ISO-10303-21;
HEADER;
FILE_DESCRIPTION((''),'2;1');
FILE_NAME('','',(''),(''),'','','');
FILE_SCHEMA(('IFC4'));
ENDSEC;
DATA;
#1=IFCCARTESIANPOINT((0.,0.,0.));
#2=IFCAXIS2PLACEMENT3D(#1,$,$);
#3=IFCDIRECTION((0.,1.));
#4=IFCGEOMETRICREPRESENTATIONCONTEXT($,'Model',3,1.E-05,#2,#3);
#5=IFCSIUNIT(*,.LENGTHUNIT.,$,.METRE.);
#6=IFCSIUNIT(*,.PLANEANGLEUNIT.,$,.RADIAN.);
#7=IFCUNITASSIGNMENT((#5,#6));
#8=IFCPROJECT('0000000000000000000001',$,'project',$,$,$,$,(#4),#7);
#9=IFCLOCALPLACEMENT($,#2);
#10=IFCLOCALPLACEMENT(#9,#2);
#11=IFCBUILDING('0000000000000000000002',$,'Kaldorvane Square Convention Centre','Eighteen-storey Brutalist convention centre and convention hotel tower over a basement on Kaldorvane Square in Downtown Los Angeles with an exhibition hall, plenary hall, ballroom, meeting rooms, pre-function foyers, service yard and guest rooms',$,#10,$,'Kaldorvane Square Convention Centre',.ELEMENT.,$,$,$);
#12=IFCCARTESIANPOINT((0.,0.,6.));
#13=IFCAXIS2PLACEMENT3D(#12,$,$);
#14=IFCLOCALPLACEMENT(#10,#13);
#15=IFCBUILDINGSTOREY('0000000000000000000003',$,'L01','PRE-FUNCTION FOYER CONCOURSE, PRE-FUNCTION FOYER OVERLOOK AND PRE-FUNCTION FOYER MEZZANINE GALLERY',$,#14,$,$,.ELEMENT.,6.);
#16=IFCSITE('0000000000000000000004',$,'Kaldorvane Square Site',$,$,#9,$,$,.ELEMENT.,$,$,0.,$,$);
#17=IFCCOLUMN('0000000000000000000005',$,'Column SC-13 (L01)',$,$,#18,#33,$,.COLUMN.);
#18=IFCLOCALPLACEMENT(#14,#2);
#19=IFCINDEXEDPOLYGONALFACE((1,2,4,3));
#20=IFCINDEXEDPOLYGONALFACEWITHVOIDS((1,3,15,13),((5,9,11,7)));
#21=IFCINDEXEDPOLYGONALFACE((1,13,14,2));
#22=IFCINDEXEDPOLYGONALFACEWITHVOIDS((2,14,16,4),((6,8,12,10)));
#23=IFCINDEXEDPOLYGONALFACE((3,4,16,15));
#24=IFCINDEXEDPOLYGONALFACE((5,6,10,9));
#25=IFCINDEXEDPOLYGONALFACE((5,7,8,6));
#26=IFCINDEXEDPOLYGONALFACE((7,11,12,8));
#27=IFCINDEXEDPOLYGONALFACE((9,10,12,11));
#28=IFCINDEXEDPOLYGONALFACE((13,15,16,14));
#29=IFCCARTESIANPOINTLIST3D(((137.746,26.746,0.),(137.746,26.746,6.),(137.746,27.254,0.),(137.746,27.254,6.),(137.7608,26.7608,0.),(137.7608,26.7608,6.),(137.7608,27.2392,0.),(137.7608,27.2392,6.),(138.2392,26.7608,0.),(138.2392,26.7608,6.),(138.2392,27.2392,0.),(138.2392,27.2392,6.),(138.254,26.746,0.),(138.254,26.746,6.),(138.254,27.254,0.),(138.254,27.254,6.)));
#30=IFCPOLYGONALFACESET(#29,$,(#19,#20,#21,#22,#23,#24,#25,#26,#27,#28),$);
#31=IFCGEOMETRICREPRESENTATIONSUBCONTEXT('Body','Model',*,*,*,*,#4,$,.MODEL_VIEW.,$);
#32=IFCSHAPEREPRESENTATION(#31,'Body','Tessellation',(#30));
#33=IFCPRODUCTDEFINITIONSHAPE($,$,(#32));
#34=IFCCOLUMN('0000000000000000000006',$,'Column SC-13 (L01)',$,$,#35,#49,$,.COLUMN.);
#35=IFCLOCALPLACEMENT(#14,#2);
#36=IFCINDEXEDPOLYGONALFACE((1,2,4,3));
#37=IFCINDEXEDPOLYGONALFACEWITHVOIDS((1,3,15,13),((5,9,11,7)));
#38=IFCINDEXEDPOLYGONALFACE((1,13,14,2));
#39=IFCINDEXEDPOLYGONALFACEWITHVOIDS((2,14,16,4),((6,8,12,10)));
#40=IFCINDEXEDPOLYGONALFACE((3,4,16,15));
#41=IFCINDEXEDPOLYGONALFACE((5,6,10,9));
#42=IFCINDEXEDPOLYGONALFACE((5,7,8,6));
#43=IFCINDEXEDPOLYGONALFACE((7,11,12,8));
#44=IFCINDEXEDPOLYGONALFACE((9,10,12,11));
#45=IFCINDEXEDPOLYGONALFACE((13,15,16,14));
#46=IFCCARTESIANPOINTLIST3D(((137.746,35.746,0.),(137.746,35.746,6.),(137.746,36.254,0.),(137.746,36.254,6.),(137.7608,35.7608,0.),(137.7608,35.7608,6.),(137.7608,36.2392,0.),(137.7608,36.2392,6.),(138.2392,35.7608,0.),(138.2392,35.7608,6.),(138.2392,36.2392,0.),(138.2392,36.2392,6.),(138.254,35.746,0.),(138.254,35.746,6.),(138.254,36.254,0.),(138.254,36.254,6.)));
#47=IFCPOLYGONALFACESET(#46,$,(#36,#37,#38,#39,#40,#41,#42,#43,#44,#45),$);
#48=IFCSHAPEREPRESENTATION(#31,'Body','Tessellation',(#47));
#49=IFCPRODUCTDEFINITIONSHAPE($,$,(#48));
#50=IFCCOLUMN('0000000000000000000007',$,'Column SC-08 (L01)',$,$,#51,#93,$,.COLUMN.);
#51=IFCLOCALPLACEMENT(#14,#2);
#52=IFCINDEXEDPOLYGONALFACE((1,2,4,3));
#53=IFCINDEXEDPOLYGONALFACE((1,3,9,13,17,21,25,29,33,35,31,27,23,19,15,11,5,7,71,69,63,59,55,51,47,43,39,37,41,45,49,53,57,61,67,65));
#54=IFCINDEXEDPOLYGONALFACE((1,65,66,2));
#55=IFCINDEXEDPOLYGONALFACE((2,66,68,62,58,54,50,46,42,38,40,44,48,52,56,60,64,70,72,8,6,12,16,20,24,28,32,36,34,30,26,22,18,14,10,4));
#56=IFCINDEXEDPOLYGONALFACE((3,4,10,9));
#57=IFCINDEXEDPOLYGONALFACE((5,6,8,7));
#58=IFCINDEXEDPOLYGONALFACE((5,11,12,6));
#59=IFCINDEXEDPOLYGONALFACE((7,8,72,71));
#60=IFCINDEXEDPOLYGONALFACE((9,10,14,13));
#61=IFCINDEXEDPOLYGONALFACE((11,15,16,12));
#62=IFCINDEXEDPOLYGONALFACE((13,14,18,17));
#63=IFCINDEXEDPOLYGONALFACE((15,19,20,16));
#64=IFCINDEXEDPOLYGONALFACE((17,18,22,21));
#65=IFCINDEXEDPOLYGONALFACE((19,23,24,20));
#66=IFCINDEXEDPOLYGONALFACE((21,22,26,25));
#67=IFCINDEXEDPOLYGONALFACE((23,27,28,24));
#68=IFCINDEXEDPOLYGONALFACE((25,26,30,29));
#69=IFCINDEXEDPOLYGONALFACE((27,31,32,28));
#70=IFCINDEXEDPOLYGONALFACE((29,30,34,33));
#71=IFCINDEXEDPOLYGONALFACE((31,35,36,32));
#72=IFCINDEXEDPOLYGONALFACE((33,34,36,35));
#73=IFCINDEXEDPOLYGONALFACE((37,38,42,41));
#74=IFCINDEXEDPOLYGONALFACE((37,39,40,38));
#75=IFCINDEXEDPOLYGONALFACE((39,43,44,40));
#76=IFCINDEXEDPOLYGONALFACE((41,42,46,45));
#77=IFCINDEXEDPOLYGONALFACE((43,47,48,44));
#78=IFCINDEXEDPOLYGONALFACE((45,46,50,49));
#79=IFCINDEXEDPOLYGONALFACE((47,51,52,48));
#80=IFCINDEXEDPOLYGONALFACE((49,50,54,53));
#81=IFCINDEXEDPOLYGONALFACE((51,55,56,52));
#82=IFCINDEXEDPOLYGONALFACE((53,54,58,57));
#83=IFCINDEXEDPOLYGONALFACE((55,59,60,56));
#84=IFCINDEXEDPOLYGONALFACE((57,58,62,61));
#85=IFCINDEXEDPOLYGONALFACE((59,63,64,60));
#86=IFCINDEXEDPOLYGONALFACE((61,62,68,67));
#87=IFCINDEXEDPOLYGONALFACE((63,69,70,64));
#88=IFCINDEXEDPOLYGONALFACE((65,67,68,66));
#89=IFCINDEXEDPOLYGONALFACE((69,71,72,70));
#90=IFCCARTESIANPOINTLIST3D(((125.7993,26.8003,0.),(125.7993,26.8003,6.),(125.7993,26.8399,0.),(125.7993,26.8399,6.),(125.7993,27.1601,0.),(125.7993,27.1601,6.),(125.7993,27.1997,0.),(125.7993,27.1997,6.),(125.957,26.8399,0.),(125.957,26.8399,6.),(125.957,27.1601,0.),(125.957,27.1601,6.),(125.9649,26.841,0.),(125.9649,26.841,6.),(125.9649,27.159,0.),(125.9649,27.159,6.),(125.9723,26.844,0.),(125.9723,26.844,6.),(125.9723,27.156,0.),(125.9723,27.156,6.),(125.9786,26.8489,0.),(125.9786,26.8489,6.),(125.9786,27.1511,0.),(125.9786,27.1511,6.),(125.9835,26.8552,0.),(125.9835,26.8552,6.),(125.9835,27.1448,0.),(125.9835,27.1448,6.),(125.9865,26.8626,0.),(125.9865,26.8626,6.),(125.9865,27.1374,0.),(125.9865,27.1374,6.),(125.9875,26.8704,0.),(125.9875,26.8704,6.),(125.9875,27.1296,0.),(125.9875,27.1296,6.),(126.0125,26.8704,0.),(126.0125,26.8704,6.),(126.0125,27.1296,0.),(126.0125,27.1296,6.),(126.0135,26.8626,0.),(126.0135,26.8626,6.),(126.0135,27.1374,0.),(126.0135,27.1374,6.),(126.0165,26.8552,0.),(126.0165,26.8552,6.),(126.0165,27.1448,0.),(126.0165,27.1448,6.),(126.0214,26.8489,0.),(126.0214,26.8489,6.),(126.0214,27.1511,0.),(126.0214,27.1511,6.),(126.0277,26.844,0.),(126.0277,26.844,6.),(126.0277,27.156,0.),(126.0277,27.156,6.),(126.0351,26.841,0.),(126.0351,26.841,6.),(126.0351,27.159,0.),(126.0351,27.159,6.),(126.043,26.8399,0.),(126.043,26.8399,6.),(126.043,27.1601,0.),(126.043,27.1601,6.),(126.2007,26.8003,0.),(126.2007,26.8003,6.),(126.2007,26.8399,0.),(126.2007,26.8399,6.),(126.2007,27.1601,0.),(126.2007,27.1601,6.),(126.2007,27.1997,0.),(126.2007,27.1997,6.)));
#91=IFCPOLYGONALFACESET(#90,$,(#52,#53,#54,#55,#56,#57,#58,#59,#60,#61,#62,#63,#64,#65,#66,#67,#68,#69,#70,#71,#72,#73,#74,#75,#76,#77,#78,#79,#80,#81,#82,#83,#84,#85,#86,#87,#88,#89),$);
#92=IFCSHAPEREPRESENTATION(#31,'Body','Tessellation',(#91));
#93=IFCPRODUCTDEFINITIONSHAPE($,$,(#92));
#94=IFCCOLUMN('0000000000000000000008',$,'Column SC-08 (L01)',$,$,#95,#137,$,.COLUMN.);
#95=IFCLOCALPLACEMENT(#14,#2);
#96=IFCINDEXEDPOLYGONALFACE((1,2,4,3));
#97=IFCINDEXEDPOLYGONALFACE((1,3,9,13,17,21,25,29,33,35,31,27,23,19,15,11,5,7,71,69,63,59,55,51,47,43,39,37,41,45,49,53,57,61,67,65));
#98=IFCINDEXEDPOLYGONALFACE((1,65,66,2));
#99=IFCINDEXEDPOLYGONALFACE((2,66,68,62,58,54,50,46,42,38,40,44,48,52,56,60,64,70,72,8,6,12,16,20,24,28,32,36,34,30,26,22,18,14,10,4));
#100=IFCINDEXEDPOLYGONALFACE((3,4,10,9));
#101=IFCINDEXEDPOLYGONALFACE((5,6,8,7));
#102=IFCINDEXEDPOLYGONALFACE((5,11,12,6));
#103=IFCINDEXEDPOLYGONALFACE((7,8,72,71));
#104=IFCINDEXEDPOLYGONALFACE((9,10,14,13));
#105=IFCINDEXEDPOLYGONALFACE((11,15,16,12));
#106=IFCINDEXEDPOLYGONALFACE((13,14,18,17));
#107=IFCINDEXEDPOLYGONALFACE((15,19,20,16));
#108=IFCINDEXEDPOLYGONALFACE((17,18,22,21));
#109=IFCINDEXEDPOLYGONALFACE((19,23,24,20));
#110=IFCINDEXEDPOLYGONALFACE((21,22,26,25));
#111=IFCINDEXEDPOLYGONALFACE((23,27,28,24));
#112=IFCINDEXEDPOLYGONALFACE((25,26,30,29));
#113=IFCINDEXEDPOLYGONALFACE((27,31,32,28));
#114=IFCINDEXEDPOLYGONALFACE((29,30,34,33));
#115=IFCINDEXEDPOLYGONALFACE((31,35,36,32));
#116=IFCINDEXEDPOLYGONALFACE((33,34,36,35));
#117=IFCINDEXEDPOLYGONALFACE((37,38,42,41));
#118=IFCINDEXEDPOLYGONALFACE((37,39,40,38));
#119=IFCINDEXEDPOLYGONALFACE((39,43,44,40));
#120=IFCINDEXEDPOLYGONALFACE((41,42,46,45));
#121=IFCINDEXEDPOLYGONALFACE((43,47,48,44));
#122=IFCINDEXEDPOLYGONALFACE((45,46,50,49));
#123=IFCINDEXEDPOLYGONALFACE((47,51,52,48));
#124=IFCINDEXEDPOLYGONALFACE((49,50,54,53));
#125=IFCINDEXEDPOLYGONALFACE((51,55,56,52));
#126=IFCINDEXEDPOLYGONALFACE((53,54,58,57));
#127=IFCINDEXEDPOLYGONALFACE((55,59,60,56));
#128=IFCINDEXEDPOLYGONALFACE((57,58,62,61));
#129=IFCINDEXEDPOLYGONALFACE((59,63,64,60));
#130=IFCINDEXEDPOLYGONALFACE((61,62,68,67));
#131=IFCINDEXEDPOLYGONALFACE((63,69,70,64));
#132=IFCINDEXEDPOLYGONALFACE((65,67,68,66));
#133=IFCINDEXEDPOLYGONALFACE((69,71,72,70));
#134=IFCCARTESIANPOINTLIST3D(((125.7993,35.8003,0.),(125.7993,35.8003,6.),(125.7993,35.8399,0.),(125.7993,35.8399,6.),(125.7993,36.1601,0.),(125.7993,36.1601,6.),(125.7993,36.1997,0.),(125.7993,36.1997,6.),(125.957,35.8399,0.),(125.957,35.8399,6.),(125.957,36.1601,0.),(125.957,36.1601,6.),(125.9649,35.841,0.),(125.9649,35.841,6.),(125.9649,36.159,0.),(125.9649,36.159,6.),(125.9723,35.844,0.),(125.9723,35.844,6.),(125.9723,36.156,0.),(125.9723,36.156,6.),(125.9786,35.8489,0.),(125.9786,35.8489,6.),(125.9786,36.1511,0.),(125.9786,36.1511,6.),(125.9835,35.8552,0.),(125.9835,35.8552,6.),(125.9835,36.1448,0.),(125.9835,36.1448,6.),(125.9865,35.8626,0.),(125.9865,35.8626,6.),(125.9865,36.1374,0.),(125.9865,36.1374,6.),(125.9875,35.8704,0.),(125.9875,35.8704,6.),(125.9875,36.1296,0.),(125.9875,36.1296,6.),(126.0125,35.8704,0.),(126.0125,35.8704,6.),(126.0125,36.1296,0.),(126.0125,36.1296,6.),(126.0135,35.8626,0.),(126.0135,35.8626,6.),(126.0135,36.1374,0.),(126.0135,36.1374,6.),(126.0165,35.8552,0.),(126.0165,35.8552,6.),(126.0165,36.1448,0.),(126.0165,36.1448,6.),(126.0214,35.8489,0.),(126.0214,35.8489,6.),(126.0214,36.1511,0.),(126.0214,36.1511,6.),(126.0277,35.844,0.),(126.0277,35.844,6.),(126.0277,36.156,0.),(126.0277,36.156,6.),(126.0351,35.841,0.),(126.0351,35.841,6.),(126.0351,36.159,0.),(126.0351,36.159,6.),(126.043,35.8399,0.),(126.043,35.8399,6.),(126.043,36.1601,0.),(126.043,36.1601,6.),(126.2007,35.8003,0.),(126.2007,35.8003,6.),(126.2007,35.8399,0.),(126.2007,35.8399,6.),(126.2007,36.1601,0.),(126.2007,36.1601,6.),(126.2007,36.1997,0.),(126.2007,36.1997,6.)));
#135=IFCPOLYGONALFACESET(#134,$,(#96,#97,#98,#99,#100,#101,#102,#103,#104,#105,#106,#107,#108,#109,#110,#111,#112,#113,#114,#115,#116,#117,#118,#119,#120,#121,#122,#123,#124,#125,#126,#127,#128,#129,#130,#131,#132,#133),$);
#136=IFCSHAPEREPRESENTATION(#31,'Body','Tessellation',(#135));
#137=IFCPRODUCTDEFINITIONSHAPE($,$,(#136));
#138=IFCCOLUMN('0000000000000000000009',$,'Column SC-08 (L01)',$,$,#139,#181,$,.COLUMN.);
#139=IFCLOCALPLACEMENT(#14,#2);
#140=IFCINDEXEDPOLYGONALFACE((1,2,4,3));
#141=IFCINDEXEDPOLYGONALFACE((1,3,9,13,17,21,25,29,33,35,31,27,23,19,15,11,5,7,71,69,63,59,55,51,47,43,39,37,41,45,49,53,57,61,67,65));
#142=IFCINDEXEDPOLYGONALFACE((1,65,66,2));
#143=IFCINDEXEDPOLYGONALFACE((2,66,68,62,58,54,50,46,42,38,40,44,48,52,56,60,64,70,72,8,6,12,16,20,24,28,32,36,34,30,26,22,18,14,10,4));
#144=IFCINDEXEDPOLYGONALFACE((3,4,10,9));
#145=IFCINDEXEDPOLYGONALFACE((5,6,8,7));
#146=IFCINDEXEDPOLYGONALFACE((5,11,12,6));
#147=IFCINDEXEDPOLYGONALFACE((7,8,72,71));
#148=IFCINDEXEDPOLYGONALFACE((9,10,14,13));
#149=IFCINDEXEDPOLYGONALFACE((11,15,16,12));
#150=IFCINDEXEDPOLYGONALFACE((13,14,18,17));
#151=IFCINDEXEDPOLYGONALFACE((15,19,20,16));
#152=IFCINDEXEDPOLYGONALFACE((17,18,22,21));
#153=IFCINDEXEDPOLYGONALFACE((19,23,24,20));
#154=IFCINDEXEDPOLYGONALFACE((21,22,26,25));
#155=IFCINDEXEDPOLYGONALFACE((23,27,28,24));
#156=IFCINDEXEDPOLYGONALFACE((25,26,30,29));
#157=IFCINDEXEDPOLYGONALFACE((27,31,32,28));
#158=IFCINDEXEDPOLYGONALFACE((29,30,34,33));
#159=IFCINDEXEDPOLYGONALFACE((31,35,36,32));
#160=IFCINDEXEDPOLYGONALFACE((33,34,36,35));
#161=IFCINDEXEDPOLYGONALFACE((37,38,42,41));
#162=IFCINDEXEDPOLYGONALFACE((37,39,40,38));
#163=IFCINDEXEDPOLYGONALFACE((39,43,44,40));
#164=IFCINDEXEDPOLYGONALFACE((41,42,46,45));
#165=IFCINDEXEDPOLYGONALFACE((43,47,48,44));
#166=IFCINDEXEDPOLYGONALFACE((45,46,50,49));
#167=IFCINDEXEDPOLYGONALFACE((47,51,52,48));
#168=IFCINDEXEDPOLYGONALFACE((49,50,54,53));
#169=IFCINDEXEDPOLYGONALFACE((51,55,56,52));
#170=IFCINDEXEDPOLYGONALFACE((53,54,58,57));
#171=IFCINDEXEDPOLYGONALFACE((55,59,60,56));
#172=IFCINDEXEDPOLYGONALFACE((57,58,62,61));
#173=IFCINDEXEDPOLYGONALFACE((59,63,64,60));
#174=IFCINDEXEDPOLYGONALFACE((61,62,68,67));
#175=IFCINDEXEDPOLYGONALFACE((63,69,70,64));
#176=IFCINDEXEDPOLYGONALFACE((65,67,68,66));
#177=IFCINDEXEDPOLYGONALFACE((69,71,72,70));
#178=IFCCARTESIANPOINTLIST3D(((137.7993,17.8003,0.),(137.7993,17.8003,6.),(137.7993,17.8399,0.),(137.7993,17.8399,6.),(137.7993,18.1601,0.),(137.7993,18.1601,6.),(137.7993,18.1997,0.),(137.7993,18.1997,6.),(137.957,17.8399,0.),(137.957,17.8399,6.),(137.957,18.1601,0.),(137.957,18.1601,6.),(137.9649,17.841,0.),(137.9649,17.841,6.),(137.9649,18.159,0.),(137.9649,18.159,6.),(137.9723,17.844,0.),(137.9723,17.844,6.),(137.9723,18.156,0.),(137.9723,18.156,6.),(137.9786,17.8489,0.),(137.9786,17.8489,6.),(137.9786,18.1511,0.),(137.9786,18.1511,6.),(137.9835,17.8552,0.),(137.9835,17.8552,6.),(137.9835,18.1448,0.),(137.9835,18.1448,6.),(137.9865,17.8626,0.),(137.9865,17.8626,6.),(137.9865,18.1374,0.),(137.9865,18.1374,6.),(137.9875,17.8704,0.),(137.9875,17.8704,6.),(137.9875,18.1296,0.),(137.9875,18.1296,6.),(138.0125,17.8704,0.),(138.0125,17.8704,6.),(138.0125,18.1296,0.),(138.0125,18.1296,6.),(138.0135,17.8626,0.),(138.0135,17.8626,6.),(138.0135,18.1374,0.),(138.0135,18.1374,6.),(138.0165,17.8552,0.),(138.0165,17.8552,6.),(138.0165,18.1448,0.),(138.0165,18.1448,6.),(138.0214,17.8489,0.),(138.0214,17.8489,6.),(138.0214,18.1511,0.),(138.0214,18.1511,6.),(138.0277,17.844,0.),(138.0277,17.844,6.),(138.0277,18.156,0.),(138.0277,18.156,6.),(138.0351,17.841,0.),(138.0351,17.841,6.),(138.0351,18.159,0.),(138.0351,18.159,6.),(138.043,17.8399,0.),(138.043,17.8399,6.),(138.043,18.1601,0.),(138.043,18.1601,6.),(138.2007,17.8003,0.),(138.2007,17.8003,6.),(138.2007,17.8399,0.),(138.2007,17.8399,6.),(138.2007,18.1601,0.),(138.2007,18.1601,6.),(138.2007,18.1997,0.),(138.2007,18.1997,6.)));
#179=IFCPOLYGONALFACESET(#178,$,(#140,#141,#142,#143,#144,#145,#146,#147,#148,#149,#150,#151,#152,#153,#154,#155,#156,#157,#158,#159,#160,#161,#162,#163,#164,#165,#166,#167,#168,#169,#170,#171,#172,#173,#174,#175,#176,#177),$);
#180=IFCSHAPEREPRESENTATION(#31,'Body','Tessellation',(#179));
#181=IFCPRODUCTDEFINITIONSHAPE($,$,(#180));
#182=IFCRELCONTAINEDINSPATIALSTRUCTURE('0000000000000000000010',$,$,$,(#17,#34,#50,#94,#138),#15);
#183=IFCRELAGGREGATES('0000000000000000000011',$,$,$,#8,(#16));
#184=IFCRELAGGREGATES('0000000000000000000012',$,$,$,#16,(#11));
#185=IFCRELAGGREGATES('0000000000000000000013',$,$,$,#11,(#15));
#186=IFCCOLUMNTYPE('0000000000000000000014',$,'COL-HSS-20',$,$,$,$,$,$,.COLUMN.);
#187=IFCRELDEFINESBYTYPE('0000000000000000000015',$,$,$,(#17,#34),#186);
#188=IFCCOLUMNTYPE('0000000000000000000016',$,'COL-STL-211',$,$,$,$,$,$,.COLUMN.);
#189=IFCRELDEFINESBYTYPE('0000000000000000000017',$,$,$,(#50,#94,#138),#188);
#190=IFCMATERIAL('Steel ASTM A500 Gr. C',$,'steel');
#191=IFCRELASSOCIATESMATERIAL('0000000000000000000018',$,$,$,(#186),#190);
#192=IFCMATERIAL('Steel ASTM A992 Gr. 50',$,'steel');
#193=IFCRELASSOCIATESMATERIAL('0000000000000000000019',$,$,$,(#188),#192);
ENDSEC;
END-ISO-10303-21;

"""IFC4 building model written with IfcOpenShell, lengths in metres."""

from ifc_helpers import new_model, si_unit, direction, frame, origin, origin_2d, place, context, subcontext, project, spatial, hollow_rectangle, i_section, extrude, material, material_profile, profile_set, type_object, element, save


model = new_model("IFC4")

# Units and contexts
model_context = context("Model", 3, precision=1e-05, world=origin(), true_north=direction((0.0, 1.0)))
body_context = subcontext(model_context, "Body", "Model", "MODEL_VIEW")
ifc_project = project(units=[si_unit("LENGTHUNIT", "METRE"), si_unit("PLANEANGLEUNIT", "RADIAN")], contexts=[model_context])

# Site, building, storey
site_placement = place(None, origin())
site = spatial("IfcSite", under=ifc_project, at=site_placement, Name="Kaldorvane Square Site", CompositionType="ELEMENT", RefElevation=0.0)
building_placement = place(site_placement, origin())
building = spatial("IfcBuilding", under=site, at=building_placement, Name="Kaldorvane Square Convention Centre", Description="Eighteen-storey Brutalist convention centre and convention hotel tower over a basement on Kaldorvane Square in Downtown Los Angeles with an exhibition hall, plenary hall, ballroom, meeting rooms, pre-function foyers, service yard and guest rooms", LongName="Kaldorvane Square Convention Centre", CompositionType="ELEMENT")
storey_placement = place(building_placement, frame((0.0, 0.0, 6.0)))
storey = spatial("IfcBuildingStorey", under=building, at=storey_placement, Name="L01", Description="PRE-FUNCTION FOYER CONCOURSE, PRE-FUNCTION FOYER OVERLOOK AND PRE-FUNCTION FOYER MEZZANINE GALLERY", CompositionType="ELEMENT", Elevation=6.0)

# Columns
ifc_material_1 = material(Name="Steel ASTM A500 Gr. C", Category="steel")
ifc_material_profile_1 = material_profile(ifc_material_1, hollow_rectangle(XDim=0.508, YDim=0.508, WallThickness=0.0148, at=origin_2d()), Name="HSS20X20X5/8")
ifc_profile_set_1 = profile_set([ifc_material_profile_1], Name="Steel ASTM A500 Gr. C")
column_type_1 = type_object("IfcColumnType", Name="COL-HSS-20", PredefinedType="COLUMN", material=ifc_profile_set_1)
for number, where, z_axis, x_axis, name in (
    (1, (138.0, 27.0, 0.0), (0.0, 0.0, 1.0), (1.0, 0.0, 0.0), "Column SC-13 (L01)"),
    (2, (138.0, 36.0, 0.0), (0.0, 0.0, 1.0), (1.0, 0.0, 0.0), "Column SC-13 (L01)"),
):
    element("IfcColumn", number, at=place(storey_placement, frame(where, z_axis=z_axis, x_axis=x_axis)), inside=storey, type_object=column_type_1, Name=name, PredefinedType="COLUMN", context=body_context, shape_type="SweptSolid", body=[
        extrude(hollow_rectangle(XDim=0.508, YDim=0.508, WallThickness=0.0148, at=origin_2d()), origin(), (0.0, 0.0, 1.0), 6.0),
    ])
ifc_material_2 = material(Name="Steel ASTM A992 Gr. 50", Category="steel")
ifc_material_profile_2 = material_profile(ifc_material_2, i_section(OverallWidth=0.4013, OverallDepth=0.3993, WebThickness=0.0249, FlangeThickness=0.0396, FilletRadius=0.0305, at=origin_2d()), Name="W14X211")
ifc_profile_set_2 = profile_set([ifc_material_profile_2], Name="Steel ASTM A992 Gr. 50")
column_type_2 = type_object("IfcColumnType", Name="COL-STL-211", PredefinedType="COLUMN", material=ifc_profile_set_2)
for number, where, z_axis, x_axis, name in (
    (3, (126.0, 27.0, 0.0), (0.0, 0.0, 1.0), (1.0, 0.0, 0.0), "Column SC-08 (L01)"),
    (4, (126.0, 36.0, 0.0), (0.0, 0.0, 1.0), (1.0, 0.0, 0.0), "Column SC-08 (L01)"),
    (5, (138.0, 18.0, 0.0), (0.0, 0.0, 1.0), (1.0, 0.0, 0.0), "Column SC-08 (L01)"),
):
    element("IfcColumn", number, at=place(storey_placement, frame(where, z_axis=z_axis, x_axis=x_axis)), inside=storey, type_object=column_type_2, Name=name, PredefinedType="COLUMN", context=body_context, shape_type="SweptSolid", body=[
        extrude(i_section(OverallWidth=0.4013, OverallDepth=0.3993, WebThickness=0.0249, FlangeThickness=0.0396, FilletRadius=0.0305, at=origin_2d()), origin(), (0.0, 0.0, 1.0), 6.0),
    ])

save(model, "model.ifc")
